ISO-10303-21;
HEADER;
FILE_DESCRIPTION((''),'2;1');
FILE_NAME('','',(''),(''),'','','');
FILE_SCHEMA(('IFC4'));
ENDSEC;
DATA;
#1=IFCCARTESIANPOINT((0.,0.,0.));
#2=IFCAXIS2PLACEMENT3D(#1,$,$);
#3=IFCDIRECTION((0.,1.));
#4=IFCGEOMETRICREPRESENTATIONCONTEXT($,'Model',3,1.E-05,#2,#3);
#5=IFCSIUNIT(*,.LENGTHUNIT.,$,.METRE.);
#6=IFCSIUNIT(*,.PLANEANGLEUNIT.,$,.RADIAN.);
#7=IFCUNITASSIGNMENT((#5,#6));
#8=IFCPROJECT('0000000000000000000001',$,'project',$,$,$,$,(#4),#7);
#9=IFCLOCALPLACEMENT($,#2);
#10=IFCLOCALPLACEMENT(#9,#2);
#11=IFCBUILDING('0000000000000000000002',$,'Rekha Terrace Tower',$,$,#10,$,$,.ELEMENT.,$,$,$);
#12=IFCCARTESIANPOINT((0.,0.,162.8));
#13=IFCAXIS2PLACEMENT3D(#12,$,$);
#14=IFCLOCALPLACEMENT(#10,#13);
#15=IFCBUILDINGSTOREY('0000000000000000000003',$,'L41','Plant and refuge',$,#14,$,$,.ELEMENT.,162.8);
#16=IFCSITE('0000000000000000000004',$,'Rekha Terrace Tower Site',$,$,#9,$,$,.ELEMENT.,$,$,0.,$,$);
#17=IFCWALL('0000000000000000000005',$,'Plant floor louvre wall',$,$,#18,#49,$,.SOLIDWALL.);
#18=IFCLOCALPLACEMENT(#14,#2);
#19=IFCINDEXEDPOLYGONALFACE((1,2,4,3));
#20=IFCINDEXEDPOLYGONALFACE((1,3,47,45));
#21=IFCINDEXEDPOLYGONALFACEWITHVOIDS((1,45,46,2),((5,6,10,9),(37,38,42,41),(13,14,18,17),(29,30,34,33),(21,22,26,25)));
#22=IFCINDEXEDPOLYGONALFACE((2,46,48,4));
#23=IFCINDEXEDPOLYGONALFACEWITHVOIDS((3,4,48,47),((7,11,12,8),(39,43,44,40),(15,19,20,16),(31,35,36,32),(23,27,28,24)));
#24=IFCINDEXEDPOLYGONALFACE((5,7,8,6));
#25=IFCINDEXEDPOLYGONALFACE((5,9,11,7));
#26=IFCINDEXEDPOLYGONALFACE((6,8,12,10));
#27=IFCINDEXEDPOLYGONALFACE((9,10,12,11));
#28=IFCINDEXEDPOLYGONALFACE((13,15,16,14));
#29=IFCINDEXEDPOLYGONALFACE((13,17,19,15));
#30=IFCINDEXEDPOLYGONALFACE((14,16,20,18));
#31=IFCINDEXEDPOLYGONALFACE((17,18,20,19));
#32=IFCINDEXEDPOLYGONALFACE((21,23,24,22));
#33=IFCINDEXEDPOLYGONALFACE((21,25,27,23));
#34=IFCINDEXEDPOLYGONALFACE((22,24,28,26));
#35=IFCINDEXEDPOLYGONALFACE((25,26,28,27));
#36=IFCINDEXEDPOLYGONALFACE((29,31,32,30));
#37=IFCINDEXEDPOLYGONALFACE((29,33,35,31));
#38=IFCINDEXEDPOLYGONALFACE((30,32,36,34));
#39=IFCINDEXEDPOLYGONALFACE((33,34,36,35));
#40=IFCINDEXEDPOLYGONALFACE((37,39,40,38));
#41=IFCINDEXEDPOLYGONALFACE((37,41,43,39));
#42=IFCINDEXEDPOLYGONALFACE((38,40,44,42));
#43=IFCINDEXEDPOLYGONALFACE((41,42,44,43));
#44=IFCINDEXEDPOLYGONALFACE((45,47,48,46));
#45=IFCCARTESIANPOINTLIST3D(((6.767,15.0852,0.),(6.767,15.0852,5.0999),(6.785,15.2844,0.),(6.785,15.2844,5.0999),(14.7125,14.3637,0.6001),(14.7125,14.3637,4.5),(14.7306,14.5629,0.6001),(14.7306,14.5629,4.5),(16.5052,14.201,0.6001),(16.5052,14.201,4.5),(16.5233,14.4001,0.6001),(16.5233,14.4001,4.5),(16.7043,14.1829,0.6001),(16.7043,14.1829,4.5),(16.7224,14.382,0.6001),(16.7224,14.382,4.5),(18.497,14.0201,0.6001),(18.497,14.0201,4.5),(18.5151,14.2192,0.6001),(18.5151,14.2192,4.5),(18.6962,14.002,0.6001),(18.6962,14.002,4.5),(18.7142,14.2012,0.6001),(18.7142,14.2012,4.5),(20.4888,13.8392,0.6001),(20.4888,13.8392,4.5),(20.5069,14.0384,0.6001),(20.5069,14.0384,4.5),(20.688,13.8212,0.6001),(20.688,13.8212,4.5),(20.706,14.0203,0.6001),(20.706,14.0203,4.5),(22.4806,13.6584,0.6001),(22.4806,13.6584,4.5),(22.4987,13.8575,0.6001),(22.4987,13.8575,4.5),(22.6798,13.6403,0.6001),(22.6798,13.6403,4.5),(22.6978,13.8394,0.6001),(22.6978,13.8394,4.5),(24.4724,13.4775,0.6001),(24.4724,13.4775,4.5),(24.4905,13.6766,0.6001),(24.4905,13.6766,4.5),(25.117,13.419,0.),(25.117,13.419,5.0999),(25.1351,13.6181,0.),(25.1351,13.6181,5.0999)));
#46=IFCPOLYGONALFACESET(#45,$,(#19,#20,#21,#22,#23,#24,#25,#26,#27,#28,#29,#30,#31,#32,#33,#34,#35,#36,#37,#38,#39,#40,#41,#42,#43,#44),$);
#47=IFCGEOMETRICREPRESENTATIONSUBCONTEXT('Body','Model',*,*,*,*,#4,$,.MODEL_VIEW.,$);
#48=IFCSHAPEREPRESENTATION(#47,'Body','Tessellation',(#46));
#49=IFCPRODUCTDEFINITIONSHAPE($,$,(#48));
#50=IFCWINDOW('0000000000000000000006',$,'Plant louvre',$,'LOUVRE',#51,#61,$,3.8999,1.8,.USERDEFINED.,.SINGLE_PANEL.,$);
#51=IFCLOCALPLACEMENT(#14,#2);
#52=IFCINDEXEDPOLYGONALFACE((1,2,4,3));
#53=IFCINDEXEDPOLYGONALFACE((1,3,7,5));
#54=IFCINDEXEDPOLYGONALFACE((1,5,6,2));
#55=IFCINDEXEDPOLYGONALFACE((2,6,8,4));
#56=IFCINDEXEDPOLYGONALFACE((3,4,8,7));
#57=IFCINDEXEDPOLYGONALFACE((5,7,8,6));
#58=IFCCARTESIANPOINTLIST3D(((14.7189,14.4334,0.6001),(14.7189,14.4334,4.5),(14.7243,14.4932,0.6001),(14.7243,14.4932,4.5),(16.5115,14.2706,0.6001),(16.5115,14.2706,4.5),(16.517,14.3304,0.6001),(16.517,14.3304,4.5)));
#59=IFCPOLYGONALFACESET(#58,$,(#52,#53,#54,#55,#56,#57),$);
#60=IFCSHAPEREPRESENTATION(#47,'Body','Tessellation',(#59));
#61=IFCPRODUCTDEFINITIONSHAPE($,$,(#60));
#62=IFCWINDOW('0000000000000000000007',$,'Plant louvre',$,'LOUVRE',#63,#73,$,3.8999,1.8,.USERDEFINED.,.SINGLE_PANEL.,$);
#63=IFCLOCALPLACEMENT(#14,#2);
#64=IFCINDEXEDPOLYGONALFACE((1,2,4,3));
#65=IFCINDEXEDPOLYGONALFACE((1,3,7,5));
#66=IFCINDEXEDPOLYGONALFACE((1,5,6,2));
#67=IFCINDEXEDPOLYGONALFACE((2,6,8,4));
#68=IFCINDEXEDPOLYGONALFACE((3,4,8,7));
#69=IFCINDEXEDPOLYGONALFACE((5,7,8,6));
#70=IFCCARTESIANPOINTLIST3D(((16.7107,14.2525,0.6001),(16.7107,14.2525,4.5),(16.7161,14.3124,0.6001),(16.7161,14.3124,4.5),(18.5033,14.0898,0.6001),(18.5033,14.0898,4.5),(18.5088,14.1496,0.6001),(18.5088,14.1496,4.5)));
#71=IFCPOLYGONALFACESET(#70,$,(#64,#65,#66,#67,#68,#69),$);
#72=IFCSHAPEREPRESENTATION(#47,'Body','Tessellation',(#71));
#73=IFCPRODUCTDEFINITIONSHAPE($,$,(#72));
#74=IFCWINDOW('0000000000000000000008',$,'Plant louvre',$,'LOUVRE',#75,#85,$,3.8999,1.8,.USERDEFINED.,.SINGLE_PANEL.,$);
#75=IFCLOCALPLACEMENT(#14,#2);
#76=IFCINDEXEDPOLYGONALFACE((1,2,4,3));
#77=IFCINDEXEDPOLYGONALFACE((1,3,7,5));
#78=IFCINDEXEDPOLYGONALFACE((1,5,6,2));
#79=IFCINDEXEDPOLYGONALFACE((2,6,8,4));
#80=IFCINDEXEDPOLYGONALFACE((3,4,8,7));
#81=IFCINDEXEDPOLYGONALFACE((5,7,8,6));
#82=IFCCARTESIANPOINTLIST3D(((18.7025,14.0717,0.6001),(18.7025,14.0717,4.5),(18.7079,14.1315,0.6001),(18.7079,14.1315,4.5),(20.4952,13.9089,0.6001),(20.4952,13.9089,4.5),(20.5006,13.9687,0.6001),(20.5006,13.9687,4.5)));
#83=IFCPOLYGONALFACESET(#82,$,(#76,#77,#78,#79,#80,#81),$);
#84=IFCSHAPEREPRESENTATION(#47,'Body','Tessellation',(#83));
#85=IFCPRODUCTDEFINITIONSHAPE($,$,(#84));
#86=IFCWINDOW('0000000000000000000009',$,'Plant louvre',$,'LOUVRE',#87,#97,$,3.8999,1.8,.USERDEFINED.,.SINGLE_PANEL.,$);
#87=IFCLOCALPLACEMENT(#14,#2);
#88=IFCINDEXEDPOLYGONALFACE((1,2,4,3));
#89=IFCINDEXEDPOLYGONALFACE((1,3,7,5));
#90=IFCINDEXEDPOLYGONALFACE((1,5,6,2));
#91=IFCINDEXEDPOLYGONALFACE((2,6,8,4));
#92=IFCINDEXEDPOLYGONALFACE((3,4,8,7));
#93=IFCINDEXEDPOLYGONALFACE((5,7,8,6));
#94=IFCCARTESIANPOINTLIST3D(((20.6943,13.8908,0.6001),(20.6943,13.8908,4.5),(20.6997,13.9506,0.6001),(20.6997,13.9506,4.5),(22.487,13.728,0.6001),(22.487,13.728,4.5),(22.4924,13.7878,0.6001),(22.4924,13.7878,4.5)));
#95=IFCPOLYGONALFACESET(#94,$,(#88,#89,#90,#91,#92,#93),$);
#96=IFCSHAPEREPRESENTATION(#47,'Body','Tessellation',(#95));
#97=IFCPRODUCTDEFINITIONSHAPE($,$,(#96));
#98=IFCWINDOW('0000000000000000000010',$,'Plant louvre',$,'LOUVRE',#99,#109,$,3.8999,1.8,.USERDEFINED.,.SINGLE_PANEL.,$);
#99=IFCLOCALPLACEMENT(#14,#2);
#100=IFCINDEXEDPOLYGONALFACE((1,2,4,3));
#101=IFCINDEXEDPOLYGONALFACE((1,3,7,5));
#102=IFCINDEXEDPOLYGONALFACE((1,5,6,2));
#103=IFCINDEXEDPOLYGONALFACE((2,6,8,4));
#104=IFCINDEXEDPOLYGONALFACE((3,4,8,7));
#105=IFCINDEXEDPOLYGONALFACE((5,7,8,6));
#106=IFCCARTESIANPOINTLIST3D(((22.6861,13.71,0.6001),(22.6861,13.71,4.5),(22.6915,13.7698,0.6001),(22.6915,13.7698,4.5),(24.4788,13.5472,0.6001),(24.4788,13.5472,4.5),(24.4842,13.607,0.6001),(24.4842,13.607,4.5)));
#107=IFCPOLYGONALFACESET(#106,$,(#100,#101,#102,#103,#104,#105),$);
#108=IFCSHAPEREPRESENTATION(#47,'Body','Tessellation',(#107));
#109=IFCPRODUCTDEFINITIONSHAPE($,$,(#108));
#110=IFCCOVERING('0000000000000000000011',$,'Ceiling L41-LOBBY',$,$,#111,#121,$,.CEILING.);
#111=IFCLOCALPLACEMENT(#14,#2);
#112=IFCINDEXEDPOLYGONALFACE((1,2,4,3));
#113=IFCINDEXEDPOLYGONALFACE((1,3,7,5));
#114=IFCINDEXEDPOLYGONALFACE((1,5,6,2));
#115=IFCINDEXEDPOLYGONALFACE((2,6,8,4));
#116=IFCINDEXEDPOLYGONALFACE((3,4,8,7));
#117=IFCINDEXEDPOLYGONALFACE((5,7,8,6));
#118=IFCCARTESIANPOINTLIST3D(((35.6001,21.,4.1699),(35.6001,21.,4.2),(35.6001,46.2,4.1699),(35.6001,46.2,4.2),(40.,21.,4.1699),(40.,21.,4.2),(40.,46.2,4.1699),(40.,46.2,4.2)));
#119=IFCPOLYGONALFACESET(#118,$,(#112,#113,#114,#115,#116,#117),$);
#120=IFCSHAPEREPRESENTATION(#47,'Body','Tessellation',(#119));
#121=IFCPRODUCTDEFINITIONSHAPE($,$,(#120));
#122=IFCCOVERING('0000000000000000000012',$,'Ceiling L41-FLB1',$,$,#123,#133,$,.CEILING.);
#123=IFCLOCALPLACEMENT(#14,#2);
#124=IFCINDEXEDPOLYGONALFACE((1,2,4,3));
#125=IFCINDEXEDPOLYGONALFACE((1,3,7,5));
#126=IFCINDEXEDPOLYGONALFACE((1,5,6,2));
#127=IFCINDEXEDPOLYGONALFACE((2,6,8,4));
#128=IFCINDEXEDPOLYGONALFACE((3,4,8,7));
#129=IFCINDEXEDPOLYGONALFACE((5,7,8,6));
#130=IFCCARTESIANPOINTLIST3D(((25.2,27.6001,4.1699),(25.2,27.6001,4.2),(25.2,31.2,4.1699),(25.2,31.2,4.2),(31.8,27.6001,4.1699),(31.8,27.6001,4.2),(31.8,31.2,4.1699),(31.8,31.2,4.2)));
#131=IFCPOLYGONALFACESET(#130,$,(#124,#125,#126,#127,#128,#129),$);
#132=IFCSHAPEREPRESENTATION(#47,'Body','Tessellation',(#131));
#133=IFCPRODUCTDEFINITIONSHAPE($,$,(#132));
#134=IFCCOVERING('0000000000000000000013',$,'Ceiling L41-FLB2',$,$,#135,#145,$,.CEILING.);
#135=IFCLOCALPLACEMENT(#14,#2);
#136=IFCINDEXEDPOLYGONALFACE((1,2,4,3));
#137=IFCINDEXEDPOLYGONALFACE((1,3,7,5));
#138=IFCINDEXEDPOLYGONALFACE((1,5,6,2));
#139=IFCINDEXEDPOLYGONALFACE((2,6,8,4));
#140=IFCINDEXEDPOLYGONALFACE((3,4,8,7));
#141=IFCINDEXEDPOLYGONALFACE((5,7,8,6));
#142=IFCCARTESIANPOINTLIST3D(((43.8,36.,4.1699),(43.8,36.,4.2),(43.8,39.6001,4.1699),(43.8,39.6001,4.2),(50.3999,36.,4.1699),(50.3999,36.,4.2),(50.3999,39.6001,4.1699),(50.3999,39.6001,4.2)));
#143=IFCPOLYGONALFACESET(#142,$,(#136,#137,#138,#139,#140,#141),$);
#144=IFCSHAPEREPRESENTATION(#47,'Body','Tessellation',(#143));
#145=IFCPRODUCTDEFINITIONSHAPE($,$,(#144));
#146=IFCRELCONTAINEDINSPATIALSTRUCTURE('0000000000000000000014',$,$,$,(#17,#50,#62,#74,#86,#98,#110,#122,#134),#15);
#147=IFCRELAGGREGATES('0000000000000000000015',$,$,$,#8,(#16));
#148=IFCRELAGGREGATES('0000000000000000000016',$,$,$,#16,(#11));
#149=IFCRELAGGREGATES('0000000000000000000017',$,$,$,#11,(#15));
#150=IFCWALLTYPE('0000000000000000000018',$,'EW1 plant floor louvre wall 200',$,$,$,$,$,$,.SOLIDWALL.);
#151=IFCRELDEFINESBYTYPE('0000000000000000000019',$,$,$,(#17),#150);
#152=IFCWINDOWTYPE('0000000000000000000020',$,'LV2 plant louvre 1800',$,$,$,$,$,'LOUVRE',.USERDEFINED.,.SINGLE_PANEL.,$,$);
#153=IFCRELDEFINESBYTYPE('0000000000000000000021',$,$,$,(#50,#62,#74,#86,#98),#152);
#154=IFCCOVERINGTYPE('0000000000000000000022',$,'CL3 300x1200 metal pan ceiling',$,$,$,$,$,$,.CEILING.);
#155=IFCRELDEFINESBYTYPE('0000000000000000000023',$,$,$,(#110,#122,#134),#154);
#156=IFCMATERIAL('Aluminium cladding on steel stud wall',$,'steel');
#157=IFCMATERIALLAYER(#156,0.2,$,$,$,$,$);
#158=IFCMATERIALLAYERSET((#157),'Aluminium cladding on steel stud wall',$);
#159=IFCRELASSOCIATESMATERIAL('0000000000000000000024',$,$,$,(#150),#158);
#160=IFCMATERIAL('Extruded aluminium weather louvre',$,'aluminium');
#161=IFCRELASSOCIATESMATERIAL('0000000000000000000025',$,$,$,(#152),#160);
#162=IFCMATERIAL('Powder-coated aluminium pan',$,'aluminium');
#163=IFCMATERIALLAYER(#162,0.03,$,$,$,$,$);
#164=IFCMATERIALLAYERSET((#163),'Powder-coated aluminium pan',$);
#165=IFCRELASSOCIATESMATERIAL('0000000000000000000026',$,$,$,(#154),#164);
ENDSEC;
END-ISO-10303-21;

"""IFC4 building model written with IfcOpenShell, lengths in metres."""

from ifc_helpers import new_model, si_unit, direction, frame, frame_2d, origin, place, context, subcontext, project, spatial, polyline, rectangle, outline, extrude, material, layer, layer_set, type_object, element, fill, save


model = new_model("IFC4")

# Units and contexts
model_context = context("Model", 3, precision=1e-05, world=origin(), true_north=direction((0.0, 1.0)))
body_context = subcontext(model_context, "Body", "Model", "MODEL_VIEW")
ifc_project = project(units=[si_unit("LENGTHUNIT", "METRE"), si_unit("PLANEANGLEUNIT", "RADIAN")], contexts=[model_context])

# Site, building, storey
site_placement = place(None, origin())
site = spatial("IfcSite", under=ifc_project, at=site_placement, Name="Rekha Terrace Tower Site", CompositionType="ELEMENT", RefElevation=0.0)
building_placement = place(site_placement, origin())
building = spatial("IfcBuilding", under=site, at=building_placement, Name="Rekha Terrace Tower", CompositionType="ELEMENT")
storey_placement = place(building_placement, frame((0.0, 0.0, 162.8)))
storey = spatial("IfcBuildingStorey", under=building, at=storey_placement, Name="L41", Description="Plant and refuge", CompositionType="ELEMENT", Elevation=162.8)

# Wall, openings, windows
ifc_material_1 = material(Name="Aluminium cladding on steel stud wall", Category="steel")
ifc_layer_1 = layer(ifc_material_1, 0.2)
ifc_layer_set_1 = layer_set([ifc_layer_1], Name="Aluminium cladding on steel stud wall")
wall_type = type_object("IfcWallType", Name="EW1 plant floor louvre wall 200", PredefinedType="SOLIDWALL", material=ifc_layer_set_1)
wall_placement = place(storey_placement, frame((6.7759, 15.1848, 0.0), z_axis=(0.0, 0.0, 1.0), x_axis=(0.995903, -0.090432, 0.0)))
wall = element("IfcWall", 1, at=wall_placement, inside=storey, type_object=wall_type, Name="Plant floor louvre wall", PredefinedType="SOLIDWALL", context=body_context, shape_type="SweptSolid", body=[
    extrude(rectangle(XDim=18.4255, YDim=0.2, at=frame_2d((9.2129, 0.0))), origin(), (0.0, 0.0, 1.0), 5.0999),
])
opening_1_placement = place(wall_placement, frame((7.9785, 0.0, 0.6001)))
opening_1 = element("IfcOpeningElement", 2, at=opening_1_placement, cuts=wall, PredefinedType="OPENING", context=body_context, shape_type="SweptSolid", body=[
    extrude(rectangle(XDim=1.8, YDim=3.8999, at=frame_2d((0.8999, 1.95))), frame((0.0, 0.1099, 0.0), z_axis=(0.0, -1.0, 0.0), x_axis=(1.0, 0.0, 0.0)), (0.0, 0.0, 1.0), 0.22),
])
opening_2_placement = place(wall_placement, frame((9.9785, 0.0, 0.6001)))
opening_2 = element("IfcOpeningElement", 3, at=opening_2_placement, cuts=wall, PredefinedType="OPENING", context=body_context, shape_type="SweptSolid", body=[
    extrude(rectangle(XDim=1.8, YDim=3.8999, at=frame_2d((0.8999, 1.95))), frame((0.0, 0.1099, 0.0), z_axis=(0.0, -1.0, 0.0), x_axis=(1.0, 0.0, 0.0)), (0.0, 0.0, 1.0), 0.22),
])
opening_3_placement = place(wall_placement, frame((11.9785, 0.0, 0.6001)))
opening_3 = element("IfcOpeningElement", 4, at=opening_3_placement, cuts=wall, PredefinedType="OPENING", context=body_context, shape_type="SweptSolid", body=[
    extrude(rectangle(XDim=1.8, YDim=3.8999, at=frame_2d((0.8999, 1.95))), frame((0.0, 0.1099, 0.0), z_axis=(0.0, -1.0, 0.0), x_axis=(1.0, 0.0, 0.0)), (0.0, 0.0, 1.0), 0.22),
])
opening_4_placement = place(wall_placement, frame((13.9785, 0.0, 0.6001)))
opening_4 = element("IfcOpeningElement", 5, at=opening_4_placement, cuts=wall, PredefinedType="OPENING", context=body_context, shape_type="SweptSolid", body=[
    extrude(rectangle(XDim=1.8, YDim=3.8999, at=frame_2d((0.8999, 1.95))), frame((0.0, 0.1099, 0.0), z_axis=(0.0, -1.0, 0.0), x_axis=(1.0, 0.0, 0.0)), (0.0, 0.0, 1.0), 0.22),
])
opening_5_placement = place(wall_placement, frame((15.9785, 0.0, 0.6001)))
opening_5 = element("IfcOpeningElement", 6, at=opening_5_placement, cuts=wall, PredefinedType="OPENING", context=body_context, shape_type="SweptSolid", body=[
    extrude(rectangle(XDim=1.8, YDim=3.8999, at=frame_2d((0.8999, 1.95))), frame((0.0, 0.1099, 0.0), z_axis=(0.0, -1.0, 0.0), x_axis=(1.0, 0.0, 0.0)), (0.0, 0.0, 1.0), 0.22),
])
ifc_material_2 = material(Name="Extruded aluminium weather louvre", Category="aluminium")
window_type = type_object("IfcWindowType", Name="LV2 plant louvre 1800", ElementType="LOUVRE", PartitioningType="SINGLE_PANEL", PredefinedType="USERDEFINED", material=ifc_material_2)
window_1_placement = place(opening_1_placement, origin())
window_1 = element("IfcWindow", 7, at=window_1_placement, inside=storey, type_object=window_type, Name="Plant louvre", ObjectType="LOUVRE", OverallHeight=3.8999, OverallWidth=1.8, PartitioningType="SINGLE_PANEL", PredefinedType="USERDEFINED", context=body_context, shape_type="SweptSolid", body=[
    extrude(rectangle(XDim=1.8, YDim=3.8999, at=frame_2d((0.8999, 1.95))), frame((0.0, 0.03, 0.0), z_axis=(0.0, -1.0, 0.0), x_axis=(1.0, 0.0, 0.0)), (0.0, 0.0, 1.0), 0.0601),
])
fill(opening_1, window_1)
window_2_placement = place(opening_2_placement, origin())
window_2 = element("IfcWindow", 8, at=window_2_placement, inside=storey, type_object=window_type, Name="Plant louvre", ObjectType="LOUVRE", OverallHeight=3.8999, OverallWidth=1.8, PartitioningType="SINGLE_PANEL", PredefinedType="USERDEFINED", context=body_context, shape_type="SweptSolid", body=[
    extrude(rectangle(XDim=1.8, YDim=3.8999, at=frame_2d((0.8999, 1.95))), frame((0.0, 0.03, 0.0), z_axis=(0.0, -1.0, 0.0), x_axis=(1.0, 0.0, 0.0)), (0.0, 0.0, 1.0), 0.0601),
])
fill(opening_2, window_2)
window_3_placement = place(opening_3_placement, origin())
window_3 = element("IfcWindow", 9, at=window_3_placement, inside=storey, type_object=window_type, Name="Plant louvre", ObjectType="LOUVRE", OverallHeight=3.8999, OverallWidth=1.8, PartitioningType="SINGLE_PANEL", PredefinedType="USERDEFINED", context=body_context, shape_type="SweptSolid", body=[
    extrude(rectangle(XDim=1.8, YDim=3.8999, at=frame_2d((0.8999, 1.95))), frame((0.0, 0.03, 0.0), z_axis=(0.0, -1.0, 0.0), x_axis=(1.0, 0.0, 0.0)), (0.0, 0.0, 1.0), 0.0601),
])
fill(opening_3, window_3)
window_4_placement = place(opening_4_placement, origin())
window_4 = element("IfcWindow", 10, at=window_4_placement, inside=storey, type_object=window_type, Name="Plant louvre", ObjectType="LOUVRE", OverallHeight=3.8999, OverallWidth=1.8, PartitioningType="SINGLE_PANEL", PredefinedType="USERDEFINED", context=body_context, shape_type="SweptSolid", body=[
    extrude(rectangle(XDim=1.8, YDim=3.8999, at=frame_2d((0.8999, 1.95))), frame((0.0, 0.03, 0.0), z_axis=(0.0, -1.0, 0.0), x_axis=(1.0, 0.0, 0.0)), (0.0, 0.0, 1.0), 0.0601),
])
fill(opening_4, window_4)
window_5_placement = place(opening_5_placement, origin())
window_5 = element("IfcWindow", 11, at=window_5_placement, inside=storey, type_object=window_type, Name="Plant louvre", ObjectType="LOUVRE", OverallHeight=3.8999, OverallWidth=1.8, PartitioningType="SINGLE_PANEL", PredefinedType="USERDEFINED", context=body_context, shape_type="SweptSolid", body=[
    extrude(rectangle(XDim=1.8, YDim=3.8999, at=frame_2d((0.8999, 1.95))), frame((0.0, 0.03, 0.0), z_axis=(0.0, -1.0, 0.0), x_axis=(1.0, 0.0, 0.0)), (0.0, 0.0, 1.0), 0.0601),
])
fill(opening_5, window_5)

# Coverings
ifc_material_3 = material(Name="Powder-coated aluminium pan", Category="aluminium")
ifc_layer_2 = layer(ifc_material_3, 0.03)
ifc_layer_set_2 = layer_set([ifc_layer_2], Name="Powder-coated aluminium pan")
covering_type = type_object("IfcCoveringType", Name="CL3 300x1200 metal pan ceiling", PredefinedType="CEILING", material=ifc_layer_set_2)
covering_1_placement = place(storey_placement, frame((0.0, 0.0, 4.1699)))
element("IfcCovering", 12, at=covering_1_placement, inside=storey, type_object=covering_type, Name="Ceiling L41-LOBBY", PredefinedType="CEILING", context=body_context, shape_type="SweptSolid", body=[
    extrude(outline(polyline([(40.0, 46.2), (35.6001, 46.2), (35.6001, 21.0), (40.0, 21.0), (40.0, 46.2)])), origin(), (0.0, 0.0, 1.0), 0.03),
])
covering_2_placement = place(storey_placement, frame((0.0, 0.0, 4.1699)))
element("IfcCovering", 13, at=covering_2_placement, inside=storey, type_object=covering_type, Name="Ceiling L41-FLB1", PredefinedType="CEILING", context=body_context, shape_type="SweptSolid", body=[
    extrude(outline(polyline([(31.8, 31.2), (25.2, 31.2), (25.2, 27.6001), (31.8, 27.6001), (31.8, 31.2)])), origin(), (0.0, 0.0, 1.0), 0.03),
])
covering_3_placement = place(storey_placement, frame((0.0, 0.0, 4.1699)))
element("IfcCovering", 14, at=covering_3_placement, inside=storey, type_object=covering_type, Name="Ceiling L41-FLB2", PredefinedType="CEILING", context=body_context, shape_type="SweptSolid", body=[
    extrude(outline(polyline([(50.3999, 39.6001), (43.8, 39.6001), (43.8, 36.0), (50.3999, 36.0), (50.3999, 39.6001)])), origin(), (0.0, 0.0, 1.0), 0.03),
])

save(model, "model.ifc")
